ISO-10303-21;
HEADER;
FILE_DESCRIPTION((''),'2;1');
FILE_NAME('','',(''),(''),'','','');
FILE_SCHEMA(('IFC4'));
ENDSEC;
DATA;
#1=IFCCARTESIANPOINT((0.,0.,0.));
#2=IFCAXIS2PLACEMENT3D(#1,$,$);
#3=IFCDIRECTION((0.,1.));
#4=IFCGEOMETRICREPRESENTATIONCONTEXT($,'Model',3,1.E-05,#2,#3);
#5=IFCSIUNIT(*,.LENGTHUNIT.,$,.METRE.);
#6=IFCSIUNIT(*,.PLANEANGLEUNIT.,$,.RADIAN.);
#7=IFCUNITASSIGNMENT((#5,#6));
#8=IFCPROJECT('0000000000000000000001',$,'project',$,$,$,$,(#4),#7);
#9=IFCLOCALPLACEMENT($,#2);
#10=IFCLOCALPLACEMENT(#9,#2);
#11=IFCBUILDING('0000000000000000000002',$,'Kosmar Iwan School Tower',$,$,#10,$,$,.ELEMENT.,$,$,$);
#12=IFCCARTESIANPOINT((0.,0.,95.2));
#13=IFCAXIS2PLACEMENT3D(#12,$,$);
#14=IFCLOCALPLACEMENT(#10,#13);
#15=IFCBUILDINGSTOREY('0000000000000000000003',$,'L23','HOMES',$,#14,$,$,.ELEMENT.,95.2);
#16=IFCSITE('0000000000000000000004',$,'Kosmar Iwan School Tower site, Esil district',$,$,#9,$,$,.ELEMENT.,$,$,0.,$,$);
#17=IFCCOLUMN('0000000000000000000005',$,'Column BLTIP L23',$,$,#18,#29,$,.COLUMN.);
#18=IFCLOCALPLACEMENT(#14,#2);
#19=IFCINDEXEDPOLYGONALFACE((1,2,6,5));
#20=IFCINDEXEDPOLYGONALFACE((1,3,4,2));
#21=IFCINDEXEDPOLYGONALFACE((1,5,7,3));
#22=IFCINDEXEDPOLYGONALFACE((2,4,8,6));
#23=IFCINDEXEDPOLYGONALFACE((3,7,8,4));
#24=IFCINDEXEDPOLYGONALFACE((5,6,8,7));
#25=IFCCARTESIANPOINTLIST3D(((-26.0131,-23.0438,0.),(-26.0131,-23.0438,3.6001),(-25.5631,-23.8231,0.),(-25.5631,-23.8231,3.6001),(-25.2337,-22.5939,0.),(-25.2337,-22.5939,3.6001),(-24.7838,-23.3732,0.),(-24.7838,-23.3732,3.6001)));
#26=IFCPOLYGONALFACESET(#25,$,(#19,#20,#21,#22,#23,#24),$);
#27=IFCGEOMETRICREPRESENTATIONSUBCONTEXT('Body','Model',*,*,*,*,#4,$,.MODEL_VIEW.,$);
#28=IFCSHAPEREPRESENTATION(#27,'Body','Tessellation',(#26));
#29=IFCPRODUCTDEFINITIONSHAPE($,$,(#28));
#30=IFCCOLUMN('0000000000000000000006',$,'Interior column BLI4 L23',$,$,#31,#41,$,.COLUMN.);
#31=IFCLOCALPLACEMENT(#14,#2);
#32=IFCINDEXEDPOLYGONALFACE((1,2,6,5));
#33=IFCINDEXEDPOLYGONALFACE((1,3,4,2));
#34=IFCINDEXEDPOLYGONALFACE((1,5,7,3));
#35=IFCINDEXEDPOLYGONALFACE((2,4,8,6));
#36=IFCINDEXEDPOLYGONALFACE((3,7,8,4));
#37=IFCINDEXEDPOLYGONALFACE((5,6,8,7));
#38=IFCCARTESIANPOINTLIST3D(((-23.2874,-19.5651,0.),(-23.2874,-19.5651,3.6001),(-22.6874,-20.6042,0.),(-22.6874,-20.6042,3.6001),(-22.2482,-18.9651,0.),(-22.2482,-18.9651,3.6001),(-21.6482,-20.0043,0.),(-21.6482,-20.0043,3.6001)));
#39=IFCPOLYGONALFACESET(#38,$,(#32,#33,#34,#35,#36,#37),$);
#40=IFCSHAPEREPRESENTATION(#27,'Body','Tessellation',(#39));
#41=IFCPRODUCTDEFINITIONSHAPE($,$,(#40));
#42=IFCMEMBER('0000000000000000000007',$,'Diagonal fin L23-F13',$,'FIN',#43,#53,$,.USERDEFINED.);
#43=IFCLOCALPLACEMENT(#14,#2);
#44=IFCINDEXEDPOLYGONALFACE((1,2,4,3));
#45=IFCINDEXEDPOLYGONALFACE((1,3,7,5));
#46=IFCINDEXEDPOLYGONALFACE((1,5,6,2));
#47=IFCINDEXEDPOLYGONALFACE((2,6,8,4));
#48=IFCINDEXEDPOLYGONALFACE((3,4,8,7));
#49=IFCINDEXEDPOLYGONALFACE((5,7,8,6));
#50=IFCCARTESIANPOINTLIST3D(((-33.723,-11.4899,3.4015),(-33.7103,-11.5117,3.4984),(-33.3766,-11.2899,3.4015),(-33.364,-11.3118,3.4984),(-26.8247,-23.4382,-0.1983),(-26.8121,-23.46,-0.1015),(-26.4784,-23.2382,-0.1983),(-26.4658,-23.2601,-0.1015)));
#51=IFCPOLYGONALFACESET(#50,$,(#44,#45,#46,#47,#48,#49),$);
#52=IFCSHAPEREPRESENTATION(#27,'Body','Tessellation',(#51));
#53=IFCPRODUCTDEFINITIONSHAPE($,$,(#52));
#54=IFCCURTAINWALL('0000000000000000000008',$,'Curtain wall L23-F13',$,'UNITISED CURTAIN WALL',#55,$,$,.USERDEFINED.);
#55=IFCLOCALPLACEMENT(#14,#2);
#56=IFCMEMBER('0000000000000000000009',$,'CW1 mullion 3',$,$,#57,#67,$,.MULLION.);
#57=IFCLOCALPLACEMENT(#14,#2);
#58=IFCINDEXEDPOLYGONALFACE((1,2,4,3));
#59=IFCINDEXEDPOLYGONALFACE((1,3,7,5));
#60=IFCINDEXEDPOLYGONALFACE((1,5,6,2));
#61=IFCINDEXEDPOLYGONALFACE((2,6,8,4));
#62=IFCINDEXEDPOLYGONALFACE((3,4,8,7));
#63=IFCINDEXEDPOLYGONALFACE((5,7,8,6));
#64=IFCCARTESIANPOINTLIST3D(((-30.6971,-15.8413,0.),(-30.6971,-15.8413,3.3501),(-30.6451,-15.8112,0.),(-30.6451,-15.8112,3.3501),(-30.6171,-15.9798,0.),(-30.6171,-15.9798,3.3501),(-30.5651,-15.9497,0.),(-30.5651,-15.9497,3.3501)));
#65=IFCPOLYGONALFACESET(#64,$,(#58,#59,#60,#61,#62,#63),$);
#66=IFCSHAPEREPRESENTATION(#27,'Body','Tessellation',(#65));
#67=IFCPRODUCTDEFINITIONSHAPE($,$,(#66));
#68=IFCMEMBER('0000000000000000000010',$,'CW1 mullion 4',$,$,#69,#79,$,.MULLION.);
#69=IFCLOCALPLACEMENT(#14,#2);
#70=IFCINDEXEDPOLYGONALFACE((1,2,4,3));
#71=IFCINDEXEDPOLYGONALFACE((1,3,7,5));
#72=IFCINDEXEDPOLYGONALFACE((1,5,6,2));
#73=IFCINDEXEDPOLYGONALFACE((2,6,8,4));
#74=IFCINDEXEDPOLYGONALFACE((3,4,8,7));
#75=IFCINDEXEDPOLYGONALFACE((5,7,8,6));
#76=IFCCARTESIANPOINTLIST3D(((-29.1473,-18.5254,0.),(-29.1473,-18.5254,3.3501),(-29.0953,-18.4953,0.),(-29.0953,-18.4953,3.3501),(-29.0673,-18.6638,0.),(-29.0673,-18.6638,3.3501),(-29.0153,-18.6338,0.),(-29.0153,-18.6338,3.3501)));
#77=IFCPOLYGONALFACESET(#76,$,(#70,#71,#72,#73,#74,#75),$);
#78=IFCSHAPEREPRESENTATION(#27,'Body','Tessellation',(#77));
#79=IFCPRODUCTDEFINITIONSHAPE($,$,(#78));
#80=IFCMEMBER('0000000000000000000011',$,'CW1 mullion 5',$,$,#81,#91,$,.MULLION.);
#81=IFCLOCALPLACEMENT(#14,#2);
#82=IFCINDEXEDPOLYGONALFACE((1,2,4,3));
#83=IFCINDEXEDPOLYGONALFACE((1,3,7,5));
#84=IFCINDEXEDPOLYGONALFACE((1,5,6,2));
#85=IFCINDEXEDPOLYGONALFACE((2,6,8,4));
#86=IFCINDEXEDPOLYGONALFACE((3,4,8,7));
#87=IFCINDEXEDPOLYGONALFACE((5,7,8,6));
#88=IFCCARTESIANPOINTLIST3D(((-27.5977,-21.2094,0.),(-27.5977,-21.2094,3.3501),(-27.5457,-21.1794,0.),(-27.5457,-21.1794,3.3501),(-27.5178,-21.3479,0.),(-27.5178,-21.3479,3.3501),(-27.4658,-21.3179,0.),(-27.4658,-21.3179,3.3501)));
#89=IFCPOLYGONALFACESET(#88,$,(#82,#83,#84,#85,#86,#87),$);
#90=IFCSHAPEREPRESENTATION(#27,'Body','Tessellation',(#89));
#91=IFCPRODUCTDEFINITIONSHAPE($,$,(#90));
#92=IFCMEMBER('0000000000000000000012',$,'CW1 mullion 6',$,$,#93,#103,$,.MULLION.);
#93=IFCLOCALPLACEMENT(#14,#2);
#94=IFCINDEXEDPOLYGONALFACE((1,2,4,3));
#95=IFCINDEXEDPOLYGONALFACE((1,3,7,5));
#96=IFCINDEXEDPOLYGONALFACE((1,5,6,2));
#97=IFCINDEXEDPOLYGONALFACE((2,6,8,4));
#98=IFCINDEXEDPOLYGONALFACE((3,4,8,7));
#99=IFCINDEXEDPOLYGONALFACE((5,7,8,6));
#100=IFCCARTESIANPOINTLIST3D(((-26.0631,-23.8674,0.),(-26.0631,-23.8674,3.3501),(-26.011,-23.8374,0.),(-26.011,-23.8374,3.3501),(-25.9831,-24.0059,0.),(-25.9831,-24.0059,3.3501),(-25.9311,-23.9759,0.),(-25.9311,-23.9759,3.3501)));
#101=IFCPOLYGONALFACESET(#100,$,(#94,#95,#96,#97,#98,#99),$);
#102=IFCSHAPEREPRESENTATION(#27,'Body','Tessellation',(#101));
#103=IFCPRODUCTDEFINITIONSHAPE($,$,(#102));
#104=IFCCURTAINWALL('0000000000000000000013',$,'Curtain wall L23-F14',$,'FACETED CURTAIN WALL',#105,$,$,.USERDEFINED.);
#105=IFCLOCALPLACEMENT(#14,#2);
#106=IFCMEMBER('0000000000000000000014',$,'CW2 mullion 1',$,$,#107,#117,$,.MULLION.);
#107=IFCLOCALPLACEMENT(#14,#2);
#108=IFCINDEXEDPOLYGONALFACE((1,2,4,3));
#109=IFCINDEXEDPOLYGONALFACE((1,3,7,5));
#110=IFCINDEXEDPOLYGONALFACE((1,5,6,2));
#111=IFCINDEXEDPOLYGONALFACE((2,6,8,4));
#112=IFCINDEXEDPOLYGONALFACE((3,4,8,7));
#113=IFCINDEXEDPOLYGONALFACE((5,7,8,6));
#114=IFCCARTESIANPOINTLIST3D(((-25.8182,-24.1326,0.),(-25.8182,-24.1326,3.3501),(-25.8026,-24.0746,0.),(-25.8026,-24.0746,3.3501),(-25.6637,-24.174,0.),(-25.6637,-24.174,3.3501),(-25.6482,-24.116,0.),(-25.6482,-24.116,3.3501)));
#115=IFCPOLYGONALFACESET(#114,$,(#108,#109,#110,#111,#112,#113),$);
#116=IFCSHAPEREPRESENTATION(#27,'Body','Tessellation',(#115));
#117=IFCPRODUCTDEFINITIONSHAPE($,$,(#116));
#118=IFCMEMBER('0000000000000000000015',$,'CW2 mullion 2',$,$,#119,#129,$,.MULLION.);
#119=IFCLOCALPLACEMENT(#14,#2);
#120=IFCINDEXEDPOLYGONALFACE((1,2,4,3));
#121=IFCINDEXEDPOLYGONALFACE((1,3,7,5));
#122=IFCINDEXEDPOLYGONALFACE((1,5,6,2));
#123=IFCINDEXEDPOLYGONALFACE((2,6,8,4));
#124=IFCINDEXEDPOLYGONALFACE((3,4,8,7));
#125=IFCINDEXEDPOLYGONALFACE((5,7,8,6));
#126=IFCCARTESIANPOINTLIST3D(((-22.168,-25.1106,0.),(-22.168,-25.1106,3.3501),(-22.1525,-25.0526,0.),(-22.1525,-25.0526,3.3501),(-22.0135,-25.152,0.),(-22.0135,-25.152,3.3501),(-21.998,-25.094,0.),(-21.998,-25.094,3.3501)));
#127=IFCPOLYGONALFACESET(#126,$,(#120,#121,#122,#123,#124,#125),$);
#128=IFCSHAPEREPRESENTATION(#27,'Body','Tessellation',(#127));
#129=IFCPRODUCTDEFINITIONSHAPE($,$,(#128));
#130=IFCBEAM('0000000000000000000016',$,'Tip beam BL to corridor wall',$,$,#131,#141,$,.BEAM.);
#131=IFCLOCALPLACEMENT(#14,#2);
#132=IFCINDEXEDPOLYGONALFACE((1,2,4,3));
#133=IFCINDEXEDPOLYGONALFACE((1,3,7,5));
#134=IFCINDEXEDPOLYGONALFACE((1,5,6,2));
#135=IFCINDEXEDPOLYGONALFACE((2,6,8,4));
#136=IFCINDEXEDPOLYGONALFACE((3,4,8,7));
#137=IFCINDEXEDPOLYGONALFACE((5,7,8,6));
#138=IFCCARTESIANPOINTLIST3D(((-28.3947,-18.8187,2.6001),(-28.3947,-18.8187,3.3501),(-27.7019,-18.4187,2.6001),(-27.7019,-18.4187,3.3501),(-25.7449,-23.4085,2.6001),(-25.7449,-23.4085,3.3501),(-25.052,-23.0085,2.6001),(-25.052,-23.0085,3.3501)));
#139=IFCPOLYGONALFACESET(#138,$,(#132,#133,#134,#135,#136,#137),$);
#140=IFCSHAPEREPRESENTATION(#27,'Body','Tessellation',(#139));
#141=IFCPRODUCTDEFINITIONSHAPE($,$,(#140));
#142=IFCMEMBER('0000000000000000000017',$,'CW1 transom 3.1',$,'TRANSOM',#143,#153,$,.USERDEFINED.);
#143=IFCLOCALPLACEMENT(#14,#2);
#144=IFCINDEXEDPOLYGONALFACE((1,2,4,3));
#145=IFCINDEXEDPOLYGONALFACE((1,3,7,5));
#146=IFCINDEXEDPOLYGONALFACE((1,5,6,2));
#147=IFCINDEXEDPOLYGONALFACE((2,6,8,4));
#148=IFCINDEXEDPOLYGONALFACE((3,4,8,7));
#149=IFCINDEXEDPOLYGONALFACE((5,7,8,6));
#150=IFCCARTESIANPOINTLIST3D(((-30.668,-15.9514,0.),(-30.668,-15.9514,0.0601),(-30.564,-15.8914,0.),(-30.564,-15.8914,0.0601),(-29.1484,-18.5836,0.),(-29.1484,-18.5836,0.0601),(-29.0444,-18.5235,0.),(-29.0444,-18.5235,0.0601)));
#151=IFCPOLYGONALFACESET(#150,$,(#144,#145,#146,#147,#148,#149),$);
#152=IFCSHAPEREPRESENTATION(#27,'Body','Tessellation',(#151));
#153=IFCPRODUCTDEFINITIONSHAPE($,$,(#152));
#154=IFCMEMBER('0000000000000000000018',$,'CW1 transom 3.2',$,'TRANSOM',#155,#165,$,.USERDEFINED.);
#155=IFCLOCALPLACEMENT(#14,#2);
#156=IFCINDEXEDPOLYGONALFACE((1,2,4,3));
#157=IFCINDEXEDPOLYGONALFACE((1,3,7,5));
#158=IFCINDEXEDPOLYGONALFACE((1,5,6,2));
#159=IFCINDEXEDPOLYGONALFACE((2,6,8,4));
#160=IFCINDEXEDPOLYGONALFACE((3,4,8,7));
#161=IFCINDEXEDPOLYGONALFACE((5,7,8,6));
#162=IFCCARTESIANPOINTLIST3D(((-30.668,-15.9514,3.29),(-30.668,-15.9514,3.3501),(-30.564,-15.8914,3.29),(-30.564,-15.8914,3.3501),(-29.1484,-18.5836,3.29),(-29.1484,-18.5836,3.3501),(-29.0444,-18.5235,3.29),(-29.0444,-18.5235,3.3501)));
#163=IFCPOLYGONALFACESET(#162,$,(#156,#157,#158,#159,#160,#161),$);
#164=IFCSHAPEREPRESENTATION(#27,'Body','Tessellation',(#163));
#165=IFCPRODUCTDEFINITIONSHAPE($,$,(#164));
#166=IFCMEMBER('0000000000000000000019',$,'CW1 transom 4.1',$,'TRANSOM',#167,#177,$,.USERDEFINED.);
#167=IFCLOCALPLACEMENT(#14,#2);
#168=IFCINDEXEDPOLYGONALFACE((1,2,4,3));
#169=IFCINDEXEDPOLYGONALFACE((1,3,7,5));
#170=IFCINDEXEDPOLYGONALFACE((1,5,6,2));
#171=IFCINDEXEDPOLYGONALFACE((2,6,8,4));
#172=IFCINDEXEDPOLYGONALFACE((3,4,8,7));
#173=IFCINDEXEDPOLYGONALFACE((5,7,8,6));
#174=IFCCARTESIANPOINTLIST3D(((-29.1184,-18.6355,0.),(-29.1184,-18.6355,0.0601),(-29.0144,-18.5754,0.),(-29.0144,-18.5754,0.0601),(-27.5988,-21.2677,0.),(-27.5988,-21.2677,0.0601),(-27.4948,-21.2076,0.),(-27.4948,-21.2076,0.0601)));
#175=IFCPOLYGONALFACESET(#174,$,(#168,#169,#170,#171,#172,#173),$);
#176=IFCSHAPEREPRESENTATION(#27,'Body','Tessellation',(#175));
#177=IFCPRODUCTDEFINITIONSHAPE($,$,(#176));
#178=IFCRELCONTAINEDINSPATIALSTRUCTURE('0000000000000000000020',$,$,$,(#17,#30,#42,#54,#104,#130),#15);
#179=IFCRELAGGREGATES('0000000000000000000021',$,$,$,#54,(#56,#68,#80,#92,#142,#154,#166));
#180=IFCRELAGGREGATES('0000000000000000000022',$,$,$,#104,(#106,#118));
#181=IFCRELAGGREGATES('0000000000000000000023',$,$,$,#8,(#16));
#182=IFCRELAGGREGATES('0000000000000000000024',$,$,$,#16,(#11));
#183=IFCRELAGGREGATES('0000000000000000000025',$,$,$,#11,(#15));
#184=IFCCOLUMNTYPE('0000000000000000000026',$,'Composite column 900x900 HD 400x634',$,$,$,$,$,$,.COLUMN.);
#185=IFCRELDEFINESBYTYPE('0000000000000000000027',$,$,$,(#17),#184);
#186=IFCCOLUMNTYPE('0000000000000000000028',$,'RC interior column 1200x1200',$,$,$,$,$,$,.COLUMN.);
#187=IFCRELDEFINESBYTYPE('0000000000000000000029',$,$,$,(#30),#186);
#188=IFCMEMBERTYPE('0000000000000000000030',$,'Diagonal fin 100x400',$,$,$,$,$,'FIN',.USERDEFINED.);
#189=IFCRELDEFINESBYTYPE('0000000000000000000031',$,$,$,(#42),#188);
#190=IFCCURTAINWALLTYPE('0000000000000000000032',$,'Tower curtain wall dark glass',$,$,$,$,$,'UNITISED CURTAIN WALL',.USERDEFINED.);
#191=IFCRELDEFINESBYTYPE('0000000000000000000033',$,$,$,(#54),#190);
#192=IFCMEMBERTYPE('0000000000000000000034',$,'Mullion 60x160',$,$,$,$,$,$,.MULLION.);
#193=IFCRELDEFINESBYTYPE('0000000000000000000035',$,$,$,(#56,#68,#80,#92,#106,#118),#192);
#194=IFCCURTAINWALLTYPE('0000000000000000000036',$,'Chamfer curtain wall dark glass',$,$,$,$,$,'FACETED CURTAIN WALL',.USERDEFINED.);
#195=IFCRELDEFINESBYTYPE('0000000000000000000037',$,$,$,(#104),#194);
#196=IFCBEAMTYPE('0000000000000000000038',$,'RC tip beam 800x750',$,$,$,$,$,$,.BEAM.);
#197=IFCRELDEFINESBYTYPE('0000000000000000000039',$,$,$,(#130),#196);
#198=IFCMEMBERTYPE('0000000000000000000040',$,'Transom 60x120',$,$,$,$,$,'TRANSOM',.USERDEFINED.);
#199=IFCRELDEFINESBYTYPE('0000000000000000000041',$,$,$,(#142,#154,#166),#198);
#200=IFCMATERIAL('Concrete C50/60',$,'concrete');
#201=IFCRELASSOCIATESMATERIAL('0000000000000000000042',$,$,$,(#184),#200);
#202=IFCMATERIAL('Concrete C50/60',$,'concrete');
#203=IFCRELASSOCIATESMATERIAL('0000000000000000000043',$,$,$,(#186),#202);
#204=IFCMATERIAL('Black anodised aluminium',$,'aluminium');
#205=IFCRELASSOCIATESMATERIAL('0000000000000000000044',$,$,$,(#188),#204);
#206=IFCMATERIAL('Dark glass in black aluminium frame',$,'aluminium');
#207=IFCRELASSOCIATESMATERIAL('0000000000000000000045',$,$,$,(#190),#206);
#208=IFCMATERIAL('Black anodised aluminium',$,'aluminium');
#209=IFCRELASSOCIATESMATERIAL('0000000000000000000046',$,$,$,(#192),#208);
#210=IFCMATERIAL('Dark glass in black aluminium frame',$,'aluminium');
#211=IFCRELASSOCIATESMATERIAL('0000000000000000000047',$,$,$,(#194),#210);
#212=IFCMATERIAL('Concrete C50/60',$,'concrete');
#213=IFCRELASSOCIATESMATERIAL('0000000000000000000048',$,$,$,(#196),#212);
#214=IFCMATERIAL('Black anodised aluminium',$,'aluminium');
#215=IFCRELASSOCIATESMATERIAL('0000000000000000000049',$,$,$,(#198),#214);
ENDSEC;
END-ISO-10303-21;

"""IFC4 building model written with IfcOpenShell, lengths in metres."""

from ifc_helpers import new_model, si_unit, direction, frame, origin, origin_2d, place, context, subcontext, project, spatial, rectangle, extrude, material, material_profile, profile_set, type_object, element, aggregate, save


model = new_model("IFC4")

# Units and contexts
model_context = context("Model", 3, precision=1e-05, world=origin(), true_north=direction((0.0, 1.0)))
body_context = subcontext(model_context, "Body", "Model", "MODEL_VIEW")
ifc_project = project(units=[si_unit("LENGTHUNIT", "METRE"), si_unit("PLANEANGLEUNIT", "RADIAN")], contexts=[model_context])

# Site, building, storey
site_placement = place(None, origin())
site = spatial("IfcSite", under=ifc_project, at=site_placement, Name="Kosmar Iwan School Tower site, Esil district", CompositionType="ELEMENT", RefElevation=0.0)
building_placement = place(site_placement, origin())
building = spatial("IfcBuilding", under=site, at=building_placement, Name="Kosmar Iwan School Tower", CompositionType="ELEMENT")
storey_placement = place(building_placement, frame((0.0, 0.0, 95.2)))
storey = spatial("IfcBuildingStorey", under=building, at=storey_placement, Name="L23", Description="HOMES", CompositionType="ELEMENT", Elevation=95.2)

# Columns
ifc_material_1 = material(Name="Concrete C50/60", Category="concrete")
ifc_material_profile_1 = material_profile(ifc_material_1, rectangle(XDim=0.8999, YDim=0.8999, at=origin_2d()), Name="RC 900x900 + HD 400x634")
ifc_profile_set_1 = profile_set([ifc_material_profile_1], Name="Concrete C50/60")
column_type_1 = type_object("IfcColumnType", Name="Composite column 900x900 HD 400x634", PredefinedType="COLUMN", material=ifc_profile_set_1)
column_1_placement = place(storey_placement, frame((-25.3984, -23.2085, 0.0), z_axis=(0.0, 0.0, 1.0), x_axis=(-0.866025, -0.5, 0.0)))
element("IfcColumn", 1, at=column_1_placement, inside=storey, type_object=column_type_1, Name="Column BLTIP L23", PredefinedType="COLUMN", context=body_context, shape_type="SweptSolid", body=[
    extrude(rectangle(XDim=0.8999, YDim=0.8999, at=origin_2d()), origin(), (0.0, 0.0, 1.0), 3.6001),
])
ifc_material_2 = material(Name="Concrete C50/60", Category="concrete")
ifc_material_profile_2 = material_profile(ifc_material_2, rectangle(XDim=1.2, YDim=1.2, at=origin_2d()), Name="RC 1200x1200")
ifc_profile_set_2 = profile_set([ifc_material_profile_2], Name="Concrete C50/60")
column_type_2 = type_object("IfcColumnType", Name="RC interior column 1200x1200", PredefinedType="COLUMN", material=ifc_profile_set_2)
column_2_placement = place(storey_placement, frame((-22.4678, -19.7847, 0.0), z_axis=(0.0, 0.0, 1.0), x_axis=(-0.866025, -0.5, 0.0)))
element("IfcColumn", 2, at=column_2_placement, inside=storey, type_object=column_type_2, Name="Interior column BLI4 L23", PredefinedType="COLUMN", context=body_context, shape_type="SweptSolid", body=[
    extrude(rectangle(XDim=1.2, YDim=1.2, at=origin_2d()), origin(), (0.0, 0.0, 1.0), 3.6001),
])

# Member
ifc_material_3 = material(Name="Black anodised aluminium", Category="aluminium")
ifc_material_profile_3 = material_profile(ifc_material_3, rectangle(XDim=0.1001, YDim=0.3999, at=origin_2d()), Name="FIN 100x400")
ifc_profile_set_3 = profile_set([ifc_material_profile_3], Name="Black anodised aluminium")
member_type_1 = type_object("IfcMemberType", Name="Diagonal fin 100x400", ElementType="FIN", PredefinedType="USERDEFINED", material=ifc_profile_set_3)
member_1_placement = place(storey_placement, frame((-26.6453, -23.3491, -0.1499), z_axis=(-0.483796, 0.837974, 0.252471), x_axis=(0.126234, -0.218647, 0.967604)))
element("IfcMember", 3, at=member_1_placement, inside=storey, type_object=member_type_1, Name="Diagonal fin L23-F13", ObjectType="FIN", PredefinedType="USERDEFINED", context=body_context, shape_type="SweptSolid", body=[
    extrude(rectangle(XDim=0.1001, YDim=0.3999, at=origin_2d()), origin(), (0.0, 0.0, 1.0), 14.2585),
])

# Curtain walls, members
ifc_material_4 = material(Name="Dark glass in black aluminium frame", Category="aluminium")
curtain_wall_type_1 = type_object("IfcCurtainWallType", Name="Tower curtain wall dark glass", ElementType="UNITISED CURTAIN WALL", PredefinedType="USERDEFINED", material=ifc_material_4)
curtain_wall_1_placement = place(storey_placement, origin())
curtain_wall_1 = element("IfcCurtainWall", 4, at=curtain_wall_1_placement, inside=storey, type_object=curtain_wall_type_1, Name="Curtain wall L23-F13", ObjectType="UNITISED CURTAIN WALL", PredefinedType="USERDEFINED")
ifc_material_5 = material(Name="Black anodised aluminium", Category="aluminium")
ifc_material_profile_4 = material_profile(ifc_material_5, rectangle(XDim=0.0601, YDim=0.1599, at=origin_2d()), Name="MULLION 60x160")
ifc_profile_set_4 = profile_set([ifc_material_profile_4], Name="Black anodised aluminium")
member_type_2 = type_object("IfcMemberType", Name="Mullion 60x160", PredefinedType="MULLION", material=ifc_profile_set_4)
member_2_placement = place(storey_placement, frame((-30.6311, -15.8955, 0.0), z_axis=(0.0, 0.0, 1.0), x_axis=(0.866025, 0.5, 0.0)))
member_2 = element("IfcMember", 5, at=member_2_placement, type_object=member_type_2, Name="CW1 mullion 3", PredefinedType="MULLION", context=body_context, shape_type="SweptSolid", body=[
    extrude(rectangle(XDim=0.0601, YDim=0.1599, at=origin_2d()), origin(), (0.0, 0.0, 1.0), 3.3501),
])
member_3_placement = place(storey_placement, frame((-29.0813, -18.5796, 0.0), z_axis=(0.0, 0.0, 1.0), x_axis=(0.866025, 0.5, 0.0)))
member_3 = element("IfcMember", 6, at=member_3_placement, type_object=member_type_2, Name="CW1 mullion 4", PredefinedType="MULLION", context=body_context, shape_type="SweptSolid", body=[
    extrude(rectangle(XDim=0.0601, YDim=0.1599, at=origin_2d()), origin(), (0.0, 0.0, 1.0), 3.3501),
])
member_4_placement = place(storey_placement, frame((-27.5317, -21.2637, 0.0), z_axis=(0.0, 0.0, 1.0), x_axis=(0.866025, 0.5, 0.0)))
member_4 = element("IfcMember", 7, at=member_4_placement, type_object=member_type_2, Name="CW1 mullion 5", PredefinedType="MULLION", context=body_context, shape_type="SweptSolid", body=[
    extrude(rectangle(XDim=0.0601, YDim=0.1599, at=origin_2d()), origin(), (0.0, 0.0, 1.0), 3.3501),
])
member_5_placement = place(storey_placement, frame((-25.9971, -23.9216, 0.0), z_axis=(0.0, 0.0, 1.0), x_axis=(0.866025, 0.5, 0.0)))
member_5 = element("IfcMember", 8, at=member_5_placement, type_object=member_type_2, Name="CW1 mullion 6", PredefinedType="MULLION", context=body_context, shape_type="SweptSolid", body=[
    extrude(rectangle(XDim=0.0601, YDim=0.1599, at=origin_2d()), origin(), (0.0, 0.0, 1.0), 3.3501),
])
ifc_material_6 = material(Name="Dark glass in black aluminium frame", Category="aluminium")
curtain_wall_type_2 = type_object("IfcCurtainWallType", Name="Chamfer curtain wall dark glass", ElementType="FACETED CURTAIN WALL", PredefinedType="USERDEFINED", material=ifc_material_6)
curtain_wall_2_placement = place(storey_placement, origin())
curtain_wall_2 = element("IfcCurtainWall", 9, at=curtain_wall_2_placement, inside=storey, type_object=curtain_wall_type_2, Name="Curtain wall L23-F14", ObjectType="FACETED CURTAIN WALL", PredefinedType="USERDEFINED")
member_6_placement = place(storey_placement, frame((-25.7332, -24.1243, 0.0), z_axis=(0.0, 0.0, 1.0), x_axis=(0.258819, 0.965926, 0.0)))
member_6 = element("IfcMember", 10, at=member_6_placement, type_object=member_type_2, Name="CW2 mullion 1", PredefinedType="MULLION", context=body_context, shape_type="SweptSolid", body=[
    extrude(rectangle(XDim=0.0601, YDim=0.1599, at=origin_2d()), origin(), (0.0, 0.0, 1.0), 3.3501),
])
member_7_placement = place(storey_placement, frame((-22.083, -25.1023, 0.0), z_axis=(0.0, 0.0, 1.0), x_axis=(0.258819, 0.965926, 0.0)))
member_7 = element("IfcMember", 11, at=member_7_placement, type_object=member_type_2, Name="CW2 mullion 2", PredefinedType="MULLION", context=body_context, shape_type="SweptSolid", body=[
    extrude(rectangle(XDim=0.0601, YDim=0.1599, at=origin_2d()), origin(), (0.0, 0.0, 1.0), 3.3501),
])

# Beam
ifc_material_7 = material(Name="Concrete C50/60", Category="concrete")
ifc_material_profile_5 = material_profile(ifc_material_7, rectangle(XDim=0.8, YDim=0.75, at=origin_2d()), Name="RC 800x750")
ifc_profile_set_5 = profile_set([ifc_material_profile_5], Name="Concrete C50/60")
beam_type = type_object("IfcBeamType", Name="RC tip beam 800x750", PredefinedType="BEAM", material=ifc_profile_set_5)
beam_placement = place(storey_placement, frame((-25.3984, -23.2085, 2.9751), z_axis=(-0.499994, 0.866029, 0.0), x_axis=(-0.866029, -0.499994, 0.0)))
element("IfcBeam", 12, at=beam_placement, inside=storey, type_object=beam_type, Name="Tip beam BL to corridor wall", PredefinedType="BEAM", context=body_context, shape_type="SweptSolid", body=[
    extrude(rectangle(XDim=0.8, YDim=0.75, at=origin_2d()), origin(), (0.0, 0.0, 1.0), 5.2998),
])

# Members
ifc_material_8 = material(Name="Black anodised aluminium", Category="aluminium")
ifc_material_profile_6 = material_profile(ifc_material_8, rectangle(XDim=0.1201, YDim=0.0601, at=origin_2d()), Name="TRANSOM 60x120")
ifc_profile_set_6 = profile_set([ifc_material_profile_6], Name="Black anodised aluminium")
member_type_3 = type_object("IfcMemberType", Name="Transom 60x120", ElementType="TRANSOM", PredefinedType="USERDEFINED", material=ifc_profile_set_6)
member_8_placement = place(storey_placement, frame((-30.616, -15.9214, 0.03), z_axis=(0.499975, -0.86604, 0.0), x_axis=(0.86604, 0.499975, 0.0)))
member_8 = element("IfcMember", 13, at=member_8_placement, type_object=member_type_3, Name="CW1 transom 3.1", ObjectType="TRANSOM", PredefinedType="USERDEFINED", context=body_context, shape_type="SweptSolid", body=[
    extrude(rectangle(XDim=0.1201, YDim=0.0601, at=origin_2d()), origin(), (0.0, 0.0, 1.0), 3.0393),
])
member_9_placement = place(storey_placement, frame((-30.616, -15.9214, 3.3201), z_axis=(0.499975, -0.86604, 0.0), x_axis=(0.86604, 0.499975, 0.0)))
member_9 = element("IfcMember", 14, at=member_9_placement, type_object=member_type_3, Name="CW1 transom 3.2", ObjectType="TRANSOM", PredefinedType="USERDEFINED", context=body_context, shape_type="SweptSolid", body=[
    extrude(rectangle(XDim=0.1201, YDim=0.0601, at=origin_2d()), origin(), (0.0, 0.0, 1.0), 3.0393),
])
member_10_placement = place(storey_placement, frame((-29.0664, -18.6055, 0.03), z_axis=(0.499975, -0.86604, 0.0), x_axis=(0.86604, 0.499975, 0.0)))
member_10 = element("IfcMember", 15, at=member_10_placement, type_object=member_type_3, Name="CW1 transom 4.1", ObjectType="TRANSOM", PredefinedType="USERDEFINED", context=body_context, shape_type="SweptSolid", body=[
    extrude(rectangle(XDim=0.1201, YDim=0.0601, at=origin_2d()), origin(), (0.0, 0.0, 1.0), 3.0393),
])

aggregate(curtain_wall_1, [member_2, member_3, member_4, member_5, member_8, member_9, member_10])
aggregate(curtain_wall_2, [member_6, member_7])

save(model, "model.ifc")
